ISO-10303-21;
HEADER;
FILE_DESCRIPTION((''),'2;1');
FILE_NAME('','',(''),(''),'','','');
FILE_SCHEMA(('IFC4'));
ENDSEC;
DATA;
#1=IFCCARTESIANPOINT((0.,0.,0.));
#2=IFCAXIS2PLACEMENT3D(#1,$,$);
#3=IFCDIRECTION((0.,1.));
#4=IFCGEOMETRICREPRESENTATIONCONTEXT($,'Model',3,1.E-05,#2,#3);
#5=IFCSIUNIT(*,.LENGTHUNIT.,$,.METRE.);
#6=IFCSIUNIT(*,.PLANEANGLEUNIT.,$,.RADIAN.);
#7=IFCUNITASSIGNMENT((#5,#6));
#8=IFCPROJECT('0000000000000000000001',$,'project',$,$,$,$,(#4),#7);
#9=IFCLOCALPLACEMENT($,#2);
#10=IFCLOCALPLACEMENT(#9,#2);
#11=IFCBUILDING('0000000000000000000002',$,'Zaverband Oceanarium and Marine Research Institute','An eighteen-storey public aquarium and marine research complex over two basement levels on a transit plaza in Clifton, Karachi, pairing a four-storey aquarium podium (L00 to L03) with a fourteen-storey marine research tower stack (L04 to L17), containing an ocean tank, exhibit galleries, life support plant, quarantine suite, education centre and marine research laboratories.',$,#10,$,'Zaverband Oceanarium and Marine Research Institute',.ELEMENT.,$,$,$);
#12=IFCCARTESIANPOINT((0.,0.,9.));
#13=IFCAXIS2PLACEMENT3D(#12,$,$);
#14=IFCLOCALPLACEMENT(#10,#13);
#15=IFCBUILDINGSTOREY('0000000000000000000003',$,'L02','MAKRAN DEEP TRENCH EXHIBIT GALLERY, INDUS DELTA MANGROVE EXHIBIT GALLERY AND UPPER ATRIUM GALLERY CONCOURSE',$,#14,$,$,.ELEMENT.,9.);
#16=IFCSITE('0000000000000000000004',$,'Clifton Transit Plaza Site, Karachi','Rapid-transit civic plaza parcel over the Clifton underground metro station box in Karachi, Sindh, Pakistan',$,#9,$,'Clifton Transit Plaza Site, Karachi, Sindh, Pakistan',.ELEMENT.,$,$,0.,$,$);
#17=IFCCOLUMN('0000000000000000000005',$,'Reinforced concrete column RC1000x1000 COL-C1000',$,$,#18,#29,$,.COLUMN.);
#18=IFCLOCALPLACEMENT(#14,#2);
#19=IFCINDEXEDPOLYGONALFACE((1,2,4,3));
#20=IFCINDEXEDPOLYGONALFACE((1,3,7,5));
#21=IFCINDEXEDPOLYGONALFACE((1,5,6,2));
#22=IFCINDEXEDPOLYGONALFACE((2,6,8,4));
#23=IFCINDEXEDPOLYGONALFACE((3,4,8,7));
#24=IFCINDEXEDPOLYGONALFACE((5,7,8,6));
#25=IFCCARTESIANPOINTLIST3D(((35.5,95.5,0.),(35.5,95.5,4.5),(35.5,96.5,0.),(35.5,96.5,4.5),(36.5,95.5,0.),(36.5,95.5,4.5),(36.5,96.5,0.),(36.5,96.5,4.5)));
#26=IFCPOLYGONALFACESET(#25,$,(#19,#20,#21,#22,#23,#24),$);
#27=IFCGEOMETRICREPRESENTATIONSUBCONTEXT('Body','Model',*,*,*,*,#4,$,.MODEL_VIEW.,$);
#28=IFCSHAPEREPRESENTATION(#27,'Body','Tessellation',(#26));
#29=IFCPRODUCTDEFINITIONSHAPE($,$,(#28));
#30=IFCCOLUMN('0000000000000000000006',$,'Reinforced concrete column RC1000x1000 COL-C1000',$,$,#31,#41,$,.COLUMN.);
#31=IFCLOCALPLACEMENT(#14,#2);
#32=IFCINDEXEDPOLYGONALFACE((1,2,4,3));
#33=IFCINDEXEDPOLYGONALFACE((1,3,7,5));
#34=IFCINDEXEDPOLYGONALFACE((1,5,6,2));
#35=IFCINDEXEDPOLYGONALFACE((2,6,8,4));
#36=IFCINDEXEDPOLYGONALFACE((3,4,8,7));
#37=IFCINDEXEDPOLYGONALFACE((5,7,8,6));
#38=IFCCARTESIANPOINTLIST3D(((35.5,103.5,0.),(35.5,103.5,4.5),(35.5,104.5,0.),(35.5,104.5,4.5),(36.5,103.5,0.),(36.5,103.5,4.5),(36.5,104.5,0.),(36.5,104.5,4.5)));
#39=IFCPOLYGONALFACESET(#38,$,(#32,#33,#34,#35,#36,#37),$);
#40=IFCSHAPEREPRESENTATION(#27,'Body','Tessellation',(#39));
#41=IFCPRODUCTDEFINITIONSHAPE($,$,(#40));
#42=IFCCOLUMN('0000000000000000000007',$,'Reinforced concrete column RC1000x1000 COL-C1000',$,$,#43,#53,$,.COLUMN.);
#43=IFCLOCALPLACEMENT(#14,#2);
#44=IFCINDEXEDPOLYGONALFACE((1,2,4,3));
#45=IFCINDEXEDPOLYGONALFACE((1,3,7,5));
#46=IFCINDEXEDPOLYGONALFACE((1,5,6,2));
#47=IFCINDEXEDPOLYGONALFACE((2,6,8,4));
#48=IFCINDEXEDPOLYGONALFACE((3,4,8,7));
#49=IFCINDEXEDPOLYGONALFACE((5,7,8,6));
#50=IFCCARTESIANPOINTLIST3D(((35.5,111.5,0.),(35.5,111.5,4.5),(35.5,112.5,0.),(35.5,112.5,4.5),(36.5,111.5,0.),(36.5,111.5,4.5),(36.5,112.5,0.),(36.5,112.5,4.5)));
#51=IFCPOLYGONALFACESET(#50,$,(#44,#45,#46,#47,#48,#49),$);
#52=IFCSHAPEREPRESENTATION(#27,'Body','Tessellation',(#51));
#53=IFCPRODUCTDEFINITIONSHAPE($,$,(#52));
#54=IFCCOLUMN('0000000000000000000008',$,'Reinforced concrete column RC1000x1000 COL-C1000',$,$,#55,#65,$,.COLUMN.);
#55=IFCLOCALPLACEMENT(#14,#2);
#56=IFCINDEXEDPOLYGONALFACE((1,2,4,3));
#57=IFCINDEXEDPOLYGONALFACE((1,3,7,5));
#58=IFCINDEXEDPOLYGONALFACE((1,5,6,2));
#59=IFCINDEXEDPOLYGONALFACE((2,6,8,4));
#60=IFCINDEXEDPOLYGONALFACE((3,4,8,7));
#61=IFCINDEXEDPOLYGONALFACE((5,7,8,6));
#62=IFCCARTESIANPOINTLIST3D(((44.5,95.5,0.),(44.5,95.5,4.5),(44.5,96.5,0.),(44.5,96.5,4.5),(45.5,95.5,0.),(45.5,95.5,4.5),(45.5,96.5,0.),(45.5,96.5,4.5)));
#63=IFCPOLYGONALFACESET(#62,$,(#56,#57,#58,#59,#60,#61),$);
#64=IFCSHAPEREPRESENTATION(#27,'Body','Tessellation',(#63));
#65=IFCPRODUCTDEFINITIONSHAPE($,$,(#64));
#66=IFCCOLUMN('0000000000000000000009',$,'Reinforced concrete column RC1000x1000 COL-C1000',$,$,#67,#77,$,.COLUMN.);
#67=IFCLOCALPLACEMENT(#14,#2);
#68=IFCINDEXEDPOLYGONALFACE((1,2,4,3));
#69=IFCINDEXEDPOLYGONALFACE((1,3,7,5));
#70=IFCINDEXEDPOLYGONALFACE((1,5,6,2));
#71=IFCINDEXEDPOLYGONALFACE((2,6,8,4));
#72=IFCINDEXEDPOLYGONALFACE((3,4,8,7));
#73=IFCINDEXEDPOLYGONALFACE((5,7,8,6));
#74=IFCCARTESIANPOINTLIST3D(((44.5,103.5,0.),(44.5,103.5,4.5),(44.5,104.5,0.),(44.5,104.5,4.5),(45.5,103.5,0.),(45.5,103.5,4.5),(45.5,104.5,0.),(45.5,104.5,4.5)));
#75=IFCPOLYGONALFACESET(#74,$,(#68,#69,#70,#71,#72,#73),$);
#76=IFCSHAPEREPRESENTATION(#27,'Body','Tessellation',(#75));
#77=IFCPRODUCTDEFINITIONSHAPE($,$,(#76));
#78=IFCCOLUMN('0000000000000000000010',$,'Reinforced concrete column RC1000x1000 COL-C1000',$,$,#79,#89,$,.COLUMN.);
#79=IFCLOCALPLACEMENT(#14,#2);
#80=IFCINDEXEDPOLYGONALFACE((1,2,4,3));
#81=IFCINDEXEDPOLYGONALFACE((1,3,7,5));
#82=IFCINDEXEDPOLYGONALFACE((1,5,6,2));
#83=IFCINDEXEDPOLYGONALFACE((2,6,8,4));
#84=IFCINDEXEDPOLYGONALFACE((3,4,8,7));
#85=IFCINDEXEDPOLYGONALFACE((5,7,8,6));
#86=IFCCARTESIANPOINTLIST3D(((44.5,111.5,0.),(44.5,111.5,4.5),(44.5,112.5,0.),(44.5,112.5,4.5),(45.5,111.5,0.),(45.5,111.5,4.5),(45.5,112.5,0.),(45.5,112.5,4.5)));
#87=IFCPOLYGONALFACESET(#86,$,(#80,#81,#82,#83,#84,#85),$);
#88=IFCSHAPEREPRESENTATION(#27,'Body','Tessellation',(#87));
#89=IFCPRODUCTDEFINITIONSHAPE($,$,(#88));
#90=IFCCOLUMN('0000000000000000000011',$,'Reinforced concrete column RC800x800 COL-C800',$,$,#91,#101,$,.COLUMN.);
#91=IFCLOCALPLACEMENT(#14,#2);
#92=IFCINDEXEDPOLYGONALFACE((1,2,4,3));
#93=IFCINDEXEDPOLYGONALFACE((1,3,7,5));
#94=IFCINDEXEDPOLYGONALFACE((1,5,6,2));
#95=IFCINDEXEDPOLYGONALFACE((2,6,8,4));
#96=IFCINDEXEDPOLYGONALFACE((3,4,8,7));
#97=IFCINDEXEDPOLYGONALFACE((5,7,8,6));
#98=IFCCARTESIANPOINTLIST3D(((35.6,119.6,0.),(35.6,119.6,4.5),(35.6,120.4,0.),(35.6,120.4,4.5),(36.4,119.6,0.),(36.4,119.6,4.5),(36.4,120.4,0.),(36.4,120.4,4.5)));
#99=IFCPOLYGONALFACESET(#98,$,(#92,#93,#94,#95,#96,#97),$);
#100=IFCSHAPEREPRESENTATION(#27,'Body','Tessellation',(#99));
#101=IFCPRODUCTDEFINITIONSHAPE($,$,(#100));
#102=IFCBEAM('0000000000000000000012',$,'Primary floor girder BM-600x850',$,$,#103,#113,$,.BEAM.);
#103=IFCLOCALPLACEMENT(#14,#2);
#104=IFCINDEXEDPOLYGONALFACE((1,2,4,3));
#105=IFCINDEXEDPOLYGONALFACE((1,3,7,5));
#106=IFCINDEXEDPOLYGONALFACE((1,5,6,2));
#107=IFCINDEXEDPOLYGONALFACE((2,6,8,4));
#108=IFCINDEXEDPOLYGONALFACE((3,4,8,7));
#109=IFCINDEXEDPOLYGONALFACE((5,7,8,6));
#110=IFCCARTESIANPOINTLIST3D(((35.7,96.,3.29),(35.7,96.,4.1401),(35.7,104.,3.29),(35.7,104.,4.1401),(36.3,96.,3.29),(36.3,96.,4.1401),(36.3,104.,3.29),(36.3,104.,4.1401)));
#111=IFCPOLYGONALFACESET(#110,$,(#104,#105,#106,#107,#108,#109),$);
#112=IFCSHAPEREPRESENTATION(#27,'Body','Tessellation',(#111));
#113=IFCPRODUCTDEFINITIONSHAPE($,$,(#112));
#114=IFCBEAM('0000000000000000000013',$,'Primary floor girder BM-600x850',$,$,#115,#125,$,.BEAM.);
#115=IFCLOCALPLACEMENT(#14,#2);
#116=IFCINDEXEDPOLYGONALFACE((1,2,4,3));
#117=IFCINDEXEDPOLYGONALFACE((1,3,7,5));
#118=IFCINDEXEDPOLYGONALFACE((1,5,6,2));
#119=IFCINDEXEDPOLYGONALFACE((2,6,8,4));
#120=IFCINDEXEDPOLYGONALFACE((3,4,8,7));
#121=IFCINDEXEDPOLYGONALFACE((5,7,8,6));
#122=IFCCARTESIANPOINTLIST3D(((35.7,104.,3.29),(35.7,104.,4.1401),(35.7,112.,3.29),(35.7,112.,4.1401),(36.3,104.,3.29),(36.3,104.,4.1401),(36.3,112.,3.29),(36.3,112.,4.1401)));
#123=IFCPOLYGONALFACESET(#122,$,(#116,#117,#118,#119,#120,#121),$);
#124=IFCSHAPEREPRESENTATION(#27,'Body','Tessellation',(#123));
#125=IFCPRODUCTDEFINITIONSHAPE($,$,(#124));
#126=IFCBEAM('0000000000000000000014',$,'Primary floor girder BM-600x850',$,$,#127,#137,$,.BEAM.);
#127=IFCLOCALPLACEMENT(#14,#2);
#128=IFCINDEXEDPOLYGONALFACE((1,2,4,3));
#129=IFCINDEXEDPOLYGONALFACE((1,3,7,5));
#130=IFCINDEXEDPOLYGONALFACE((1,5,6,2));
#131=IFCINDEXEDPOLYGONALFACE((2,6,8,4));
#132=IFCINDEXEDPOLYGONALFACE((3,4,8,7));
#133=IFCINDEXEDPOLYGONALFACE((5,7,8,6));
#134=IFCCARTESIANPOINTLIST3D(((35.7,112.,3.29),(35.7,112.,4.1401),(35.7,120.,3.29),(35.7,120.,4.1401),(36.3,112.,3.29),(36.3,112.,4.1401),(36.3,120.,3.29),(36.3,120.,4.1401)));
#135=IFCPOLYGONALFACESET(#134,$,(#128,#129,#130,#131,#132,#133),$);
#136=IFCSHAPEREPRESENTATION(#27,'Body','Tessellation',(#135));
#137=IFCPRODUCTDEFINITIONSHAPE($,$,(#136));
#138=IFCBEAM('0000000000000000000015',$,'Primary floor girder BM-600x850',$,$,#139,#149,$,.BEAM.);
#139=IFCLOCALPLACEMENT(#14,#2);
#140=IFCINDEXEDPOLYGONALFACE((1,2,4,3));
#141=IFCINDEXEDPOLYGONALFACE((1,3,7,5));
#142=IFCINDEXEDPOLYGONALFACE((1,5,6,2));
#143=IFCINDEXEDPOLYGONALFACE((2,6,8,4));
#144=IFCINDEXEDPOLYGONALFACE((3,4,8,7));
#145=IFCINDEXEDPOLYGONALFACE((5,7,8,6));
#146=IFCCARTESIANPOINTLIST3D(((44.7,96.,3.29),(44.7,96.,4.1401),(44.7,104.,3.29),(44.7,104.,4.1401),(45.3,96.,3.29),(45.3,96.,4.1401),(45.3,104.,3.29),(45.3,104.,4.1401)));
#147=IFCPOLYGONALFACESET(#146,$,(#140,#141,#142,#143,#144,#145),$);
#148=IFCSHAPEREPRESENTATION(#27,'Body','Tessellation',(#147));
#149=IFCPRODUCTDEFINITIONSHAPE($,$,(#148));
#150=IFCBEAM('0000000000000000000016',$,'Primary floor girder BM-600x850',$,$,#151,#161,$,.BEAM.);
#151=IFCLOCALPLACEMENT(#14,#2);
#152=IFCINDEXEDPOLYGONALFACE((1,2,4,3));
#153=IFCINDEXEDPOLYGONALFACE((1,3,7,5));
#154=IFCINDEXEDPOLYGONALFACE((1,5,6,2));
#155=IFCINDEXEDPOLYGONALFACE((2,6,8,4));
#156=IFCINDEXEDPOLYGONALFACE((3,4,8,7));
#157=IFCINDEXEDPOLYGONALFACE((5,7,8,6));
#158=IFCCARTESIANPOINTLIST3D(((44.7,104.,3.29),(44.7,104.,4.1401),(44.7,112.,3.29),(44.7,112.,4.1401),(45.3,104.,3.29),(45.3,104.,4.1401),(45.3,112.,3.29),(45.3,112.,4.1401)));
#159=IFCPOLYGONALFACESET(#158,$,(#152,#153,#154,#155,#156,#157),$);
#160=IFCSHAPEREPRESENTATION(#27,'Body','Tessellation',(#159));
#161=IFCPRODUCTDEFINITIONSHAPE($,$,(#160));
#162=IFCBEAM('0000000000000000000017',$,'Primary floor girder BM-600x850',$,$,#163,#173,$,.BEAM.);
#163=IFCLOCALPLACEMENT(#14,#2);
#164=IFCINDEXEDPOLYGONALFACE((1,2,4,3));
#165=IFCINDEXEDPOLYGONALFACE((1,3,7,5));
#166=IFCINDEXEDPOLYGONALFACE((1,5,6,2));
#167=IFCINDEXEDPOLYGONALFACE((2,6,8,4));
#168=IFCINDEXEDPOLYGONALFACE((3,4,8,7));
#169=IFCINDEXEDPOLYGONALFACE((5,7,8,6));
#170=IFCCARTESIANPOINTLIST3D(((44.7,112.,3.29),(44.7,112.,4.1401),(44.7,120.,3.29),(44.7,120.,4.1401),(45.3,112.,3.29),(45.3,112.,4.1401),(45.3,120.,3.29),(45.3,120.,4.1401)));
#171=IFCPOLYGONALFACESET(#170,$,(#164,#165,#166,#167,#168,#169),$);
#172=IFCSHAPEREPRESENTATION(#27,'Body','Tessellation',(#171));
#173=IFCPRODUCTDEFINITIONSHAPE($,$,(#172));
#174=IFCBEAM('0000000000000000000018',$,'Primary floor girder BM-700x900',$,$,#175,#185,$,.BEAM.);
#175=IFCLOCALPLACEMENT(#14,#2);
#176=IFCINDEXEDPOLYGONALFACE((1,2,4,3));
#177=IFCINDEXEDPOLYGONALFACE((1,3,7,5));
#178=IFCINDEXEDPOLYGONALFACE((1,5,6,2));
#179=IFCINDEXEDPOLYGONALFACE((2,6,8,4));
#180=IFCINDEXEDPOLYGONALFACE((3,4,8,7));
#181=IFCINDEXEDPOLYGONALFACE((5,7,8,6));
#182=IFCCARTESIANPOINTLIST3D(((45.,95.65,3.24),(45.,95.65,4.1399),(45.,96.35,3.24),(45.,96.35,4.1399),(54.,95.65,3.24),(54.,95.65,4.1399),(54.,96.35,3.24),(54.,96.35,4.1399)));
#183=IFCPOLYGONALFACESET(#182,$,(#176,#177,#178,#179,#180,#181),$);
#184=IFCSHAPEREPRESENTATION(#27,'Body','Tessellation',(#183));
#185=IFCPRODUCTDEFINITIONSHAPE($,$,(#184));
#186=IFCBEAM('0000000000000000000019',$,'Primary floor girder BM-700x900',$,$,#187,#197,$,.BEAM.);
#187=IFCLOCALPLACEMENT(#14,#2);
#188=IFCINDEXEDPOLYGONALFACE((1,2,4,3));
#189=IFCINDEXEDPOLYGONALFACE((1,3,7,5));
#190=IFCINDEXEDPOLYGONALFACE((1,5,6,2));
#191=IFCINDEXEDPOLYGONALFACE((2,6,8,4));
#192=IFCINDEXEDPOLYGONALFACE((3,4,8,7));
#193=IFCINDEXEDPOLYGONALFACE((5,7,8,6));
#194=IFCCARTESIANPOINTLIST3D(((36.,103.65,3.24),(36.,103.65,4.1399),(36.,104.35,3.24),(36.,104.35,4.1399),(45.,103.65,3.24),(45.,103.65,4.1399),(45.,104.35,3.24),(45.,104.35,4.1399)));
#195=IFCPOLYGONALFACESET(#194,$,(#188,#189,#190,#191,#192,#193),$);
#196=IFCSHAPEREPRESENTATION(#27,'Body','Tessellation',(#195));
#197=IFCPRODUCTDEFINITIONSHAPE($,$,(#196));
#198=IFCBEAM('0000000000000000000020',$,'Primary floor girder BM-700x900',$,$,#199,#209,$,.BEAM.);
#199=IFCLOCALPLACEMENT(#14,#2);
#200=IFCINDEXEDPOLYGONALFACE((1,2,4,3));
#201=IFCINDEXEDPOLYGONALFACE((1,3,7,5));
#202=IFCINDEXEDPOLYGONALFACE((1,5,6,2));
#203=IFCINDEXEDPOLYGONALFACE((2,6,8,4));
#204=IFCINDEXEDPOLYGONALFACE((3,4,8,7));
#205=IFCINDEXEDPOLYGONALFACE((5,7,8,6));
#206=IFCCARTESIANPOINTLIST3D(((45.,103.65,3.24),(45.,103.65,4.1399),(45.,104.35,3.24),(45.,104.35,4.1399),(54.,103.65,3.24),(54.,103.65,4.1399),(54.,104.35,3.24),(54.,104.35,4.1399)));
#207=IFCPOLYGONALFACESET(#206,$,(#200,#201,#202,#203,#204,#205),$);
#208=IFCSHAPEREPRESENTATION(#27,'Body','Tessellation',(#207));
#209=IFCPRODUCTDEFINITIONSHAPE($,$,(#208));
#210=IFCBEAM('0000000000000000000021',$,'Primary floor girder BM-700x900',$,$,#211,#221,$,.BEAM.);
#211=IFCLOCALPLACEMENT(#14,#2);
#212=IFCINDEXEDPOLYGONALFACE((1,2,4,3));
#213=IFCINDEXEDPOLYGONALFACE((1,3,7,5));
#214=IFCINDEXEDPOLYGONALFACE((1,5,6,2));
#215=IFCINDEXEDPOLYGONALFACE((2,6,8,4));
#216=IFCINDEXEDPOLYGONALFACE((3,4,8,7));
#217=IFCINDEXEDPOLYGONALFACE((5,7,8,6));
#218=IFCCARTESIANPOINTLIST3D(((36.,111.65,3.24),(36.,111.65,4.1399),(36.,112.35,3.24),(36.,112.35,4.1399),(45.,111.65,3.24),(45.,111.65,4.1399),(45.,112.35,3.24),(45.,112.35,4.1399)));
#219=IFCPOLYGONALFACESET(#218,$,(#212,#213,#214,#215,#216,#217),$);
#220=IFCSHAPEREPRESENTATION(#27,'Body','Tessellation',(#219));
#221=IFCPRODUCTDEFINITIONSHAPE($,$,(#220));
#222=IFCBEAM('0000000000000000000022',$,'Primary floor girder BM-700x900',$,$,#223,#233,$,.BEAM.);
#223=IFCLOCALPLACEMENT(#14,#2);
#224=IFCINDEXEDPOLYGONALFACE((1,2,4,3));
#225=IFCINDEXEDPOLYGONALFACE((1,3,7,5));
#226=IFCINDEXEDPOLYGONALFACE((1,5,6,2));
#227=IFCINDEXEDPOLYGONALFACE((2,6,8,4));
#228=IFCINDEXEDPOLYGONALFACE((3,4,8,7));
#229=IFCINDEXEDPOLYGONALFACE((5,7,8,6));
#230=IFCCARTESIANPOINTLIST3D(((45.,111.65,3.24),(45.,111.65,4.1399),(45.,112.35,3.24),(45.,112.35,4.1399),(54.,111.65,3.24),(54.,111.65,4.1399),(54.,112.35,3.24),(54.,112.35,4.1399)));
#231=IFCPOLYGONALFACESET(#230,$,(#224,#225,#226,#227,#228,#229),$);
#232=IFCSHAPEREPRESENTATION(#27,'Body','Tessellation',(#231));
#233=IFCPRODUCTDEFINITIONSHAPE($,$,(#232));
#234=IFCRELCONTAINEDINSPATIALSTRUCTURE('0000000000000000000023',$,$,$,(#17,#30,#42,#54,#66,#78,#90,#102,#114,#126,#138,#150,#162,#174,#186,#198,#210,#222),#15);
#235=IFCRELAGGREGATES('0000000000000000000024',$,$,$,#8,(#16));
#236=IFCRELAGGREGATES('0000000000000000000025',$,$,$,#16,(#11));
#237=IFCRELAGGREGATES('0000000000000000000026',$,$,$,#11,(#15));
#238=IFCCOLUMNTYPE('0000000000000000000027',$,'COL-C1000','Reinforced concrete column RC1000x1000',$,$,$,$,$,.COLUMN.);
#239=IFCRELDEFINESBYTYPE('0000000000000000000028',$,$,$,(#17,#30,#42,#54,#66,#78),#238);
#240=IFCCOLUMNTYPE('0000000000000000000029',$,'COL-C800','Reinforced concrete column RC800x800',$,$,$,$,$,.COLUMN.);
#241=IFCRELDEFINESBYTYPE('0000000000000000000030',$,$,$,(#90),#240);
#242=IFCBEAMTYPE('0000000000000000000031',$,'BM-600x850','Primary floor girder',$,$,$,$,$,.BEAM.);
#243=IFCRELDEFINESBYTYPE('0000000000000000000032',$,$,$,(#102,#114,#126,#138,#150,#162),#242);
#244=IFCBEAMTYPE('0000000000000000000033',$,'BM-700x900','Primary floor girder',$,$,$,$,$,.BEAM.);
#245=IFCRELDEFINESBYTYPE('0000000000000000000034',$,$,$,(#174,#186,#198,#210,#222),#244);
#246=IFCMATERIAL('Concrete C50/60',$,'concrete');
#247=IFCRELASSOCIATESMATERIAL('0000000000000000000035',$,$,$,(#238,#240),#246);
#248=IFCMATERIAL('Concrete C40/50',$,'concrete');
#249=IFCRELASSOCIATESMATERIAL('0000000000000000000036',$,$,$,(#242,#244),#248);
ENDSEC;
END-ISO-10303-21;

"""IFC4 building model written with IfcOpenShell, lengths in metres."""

from ifc_helpers import new_model, si_unit, direction, frame, origin, origin_2d, place, context, subcontext, project, spatial, rectangle, extrude, material, material_profile, profile_set, type_object, element, save


model = new_model("IFC4")

# Units and contexts
model_context = context("Model", 3, precision=1e-05, world=origin(), true_north=direction((0.0, 1.0)))
body_context = subcontext(model_context, "Body", "Model", "MODEL_VIEW")
ifc_project = project(units=[si_unit("LENGTHUNIT", "METRE"), si_unit("PLANEANGLEUNIT", "RADIAN")], contexts=[model_context])

# Site, building, storey
site_placement = place(None, origin())
site = spatial("IfcSite", under=ifc_project, at=site_placement, Name="Clifton Transit Plaza Site, Karachi", Description="Rapid-transit civic plaza parcel over the Clifton underground metro station box in Karachi, Sindh, Pakistan", LongName="Clifton Transit Plaza Site, Karachi, Sindh, Pakistan", CompositionType="ELEMENT", RefElevation=0.0)
building_placement = place(site_placement, origin())
building = spatial("IfcBuilding", under=site, at=building_placement, Name="Zaverband Oceanarium and Marine Research Institute", Description="An eighteen-storey public aquarium and marine research complex over two basement levels on a transit plaza in Clifton, Karachi, pairing a four-storey aquarium podium (L00 to L03) with a fourteen-storey marine research tower stack (L04 to L17), containing an ocean tank, exhibit galleries, life support plant, quarantine suite, education centre and marine research laboratories.", LongName="Zaverband Oceanarium and Marine Research Institute", CompositionType="ELEMENT")
storey_placement = place(building_placement, frame((0.0, 0.0, 9.0)))
storey = spatial("IfcBuildingStorey", under=building, at=storey_placement, Name="L02", Description="MAKRAN DEEP TRENCH EXHIBIT GALLERY, INDUS DELTA MANGROVE EXHIBIT GALLERY AND UPPER ATRIUM GALLERY CONCOURSE", CompositionType="ELEMENT", Elevation=9.0)

# Columns
ifc_material_1 = material(Name="Concrete C50/60", Category="concrete")
ifc_material_profile_1 = material_profile(ifc_material_1, rectangle(XDim=1.0, YDim=1.0, at=origin_2d()), Name="RC1000x1000")
ifc_profile_set_1 = profile_set([ifc_material_profile_1], Name="Concrete C50/60")
column_type_1 = type_object("IfcColumnType", Name="COL-C1000", Description="Reinforced concrete column RC1000x1000", PredefinedType="COLUMN", material=ifc_profile_set_1)
for number, where, z_axis, x_axis, name in (
    (1, (36.0, 96.0, 0.0), (0.0, 0.0, 1.0), (1.0, 0.0, 0.0), "Reinforced concrete column RC1000x1000 COL-C1000"),
    (2, (36.0, 104.0, 0.0), (0.0, 0.0, 1.0), (1.0, 0.0, 0.0), "Reinforced concrete column RC1000x1000 COL-C1000"),
    (3, (36.0, 112.0, 0.0), (0.0, 0.0, 1.0), (1.0, 0.0, 0.0), "Reinforced concrete column RC1000x1000 COL-C1000"),
    (4, (45.0, 96.0, 0.0), (0.0, 0.0, 1.0), (1.0, 0.0, 0.0), "Reinforced concrete column RC1000x1000 COL-C1000"),
    (5, (45.0, 104.0, 0.0), (0.0, 0.0, 1.0), (1.0, 0.0, 0.0), "Reinforced concrete column RC1000x1000 COL-C1000"),
    (6, (45.0, 112.0, 0.0), (0.0, 0.0, 1.0), (1.0, 0.0, 0.0), "Reinforced concrete column RC1000x1000 COL-C1000"),
):
    element("IfcColumn", number, at=place(storey_placement, frame(where, z_axis=z_axis, x_axis=x_axis)), inside=storey, type_object=column_type_1, Name=name, PredefinedType="COLUMN", context=body_context, shape_type="SweptSolid", body=[
        extrude(rectangle(XDim=1.0, YDim=1.0, at=origin_2d()), origin(), (0.0, 0.0, 1.0), 4.5),
    ])
ifc_material_profile_2 = material_profile(ifc_material_1, rectangle(XDim=0.8, YDim=0.8, at=origin_2d()), Name="RC800x800")
ifc_profile_set_2 = profile_set([ifc_material_profile_2], Name="Concrete C50/60")
column_type_2 = type_object("IfcColumnType", Name="COL-C800", Description="Reinforced concrete column RC800x800", PredefinedType="COLUMN", material=ifc_profile_set_2)
column_placement = place(storey_placement, frame((36.0, 120.0, 0.0), z_axis=(0.0, 0.0, 1.0), x_axis=(1.0, 0.0, 0.0)))
element("IfcColumn", 7, at=column_placement, inside=storey, type_object=column_type_2, Name="Reinforced concrete column RC800x800 COL-C800", PredefinedType="COLUMN", context=body_context, shape_type="SweptSolid", body=[
    extrude(rectangle(XDim=0.8, YDim=0.8, at=origin_2d()), origin(), (0.0, 0.0, 1.0), 4.5),
])

# Beams
ifc_material_2 = material(Name="Concrete C40/50", Category="concrete")
ifc_material_profile_3 = material_profile(ifc_material_2, rectangle(XDim=0.6001, YDim=0.8501, at=origin_2d()), Name="RC600x850")
ifc_profile_set_3 = profile_set([ifc_material_profile_3], Name="Concrete C40/50")
beam_type_1 = type_object("IfcBeamType", Name="BM-600x850", Description="Primary floor girder", PredefinedType="BEAM", material=ifc_profile_set_3)
for number, where, z_axis, x_axis, name in (
    (8, (36.0, 96.0, 3.7151), (0.0, 1.0, 0.0), (-1.0, 0.0, 0.0), "Primary floor girder BM-600x850"),
    (9, (36.0, 104.0, 3.7151), (0.0, 1.0, 0.0), (-1.0, 0.0, 0.0), "Primary floor girder BM-600x850"),
    (10, (36.0, 112.0, 3.7151), (0.0, 1.0, 0.0), (-1.0, 0.0, 0.0), "Primary floor girder BM-600x850"),
    (11, (45.0, 96.0, 3.7151), (0.0, 1.0, 0.0), (-1.0, 0.0, 0.0), "Primary floor girder BM-600x850"),
    (12, (45.0, 104.0, 3.7151), (0.0, 1.0, 0.0), (-1.0, 0.0, 0.0), "Primary floor girder BM-600x850"),
    (13, (45.0, 112.0, 3.7151), (0.0, 1.0, 0.0), (-1.0, 0.0, 0.0), "Primary floor girder BM-600x850"),
):
    element("IfcBeam", number, at=place(storey_placement, frame(where, z_axis=z_axis, x_axis=x_axis)), inside=storey, type_object=beam_type_1, Name=name, PredefinedType="BEAM", context=body_context, shape_type="SweptSolid", body=[
        extrude(rectangle(XDim=0.6001, YDim=0.8501, at=origin_2d()), origin(), (0.0, 0.0, 1.0), 8.0),
    ])
ifc_material_profile_4 = material_profile(ifc_material_2, rectangle(XDim=0.7, YDim=0.8999, at=origin_2d()), Name="RC700x900")
ifc_profile_set_4 = profile_set([ifc_material_profile_4], Name="Concrete C40/50")
beam_type_2 = type_object("IfcBeamType", Name="BM-700x900", Description="Primary floor girder", PredefinedType="BEAM", material=ifc_profile_set_4)
for number, where, z_axis, x_axis, name in (
    (14, (45.0, 96.0, 3.6899), (1.0, 0.0, 0.0), (0.0, 1.0, 0.0), "Primary floor girder BM-700x900"),
    (15, (36.0, 104.0, 3.6899), (1.0, 0.0, 0.0), (0.0, 1.0, 0.0), "Primary floor girder BM-700x900"),
    (16, (45.0, 104.0, 3.6899), (1.0, 0.0, 0.0), (0.0, 1.0, 0.0), "Primary floor girder BM-700x900"),
    (17, (36.0, 112.0, 3.6899), (1.0, 0.0, 0.0), (0.0, 1.0, 0.0), "Primary floor girder BM-700x900"),
    (18, (45.0, 112.0, 3.6899), (1.0, 0.0, 0.0), (0.0, 1.0, 0.0), "Primary floor girder BM-700x900"),
):
    element("IfcBeam", number, at=place(storey_placement, frame(where, z_axis=z_axis, x_axis=x_axis)), inside=storey, type_object=beam_type_2, Name=name, PredefinedType="BEAM", context=body_context, shape_type="SweptSolid", body=[
        extrude(rectangle(XDim=0.7, YDim=0.8999, at=origin_2d()), origin(), (0.0, 0.0, 1.0), 9.0),
    ])

save(model, "model.ifc")
